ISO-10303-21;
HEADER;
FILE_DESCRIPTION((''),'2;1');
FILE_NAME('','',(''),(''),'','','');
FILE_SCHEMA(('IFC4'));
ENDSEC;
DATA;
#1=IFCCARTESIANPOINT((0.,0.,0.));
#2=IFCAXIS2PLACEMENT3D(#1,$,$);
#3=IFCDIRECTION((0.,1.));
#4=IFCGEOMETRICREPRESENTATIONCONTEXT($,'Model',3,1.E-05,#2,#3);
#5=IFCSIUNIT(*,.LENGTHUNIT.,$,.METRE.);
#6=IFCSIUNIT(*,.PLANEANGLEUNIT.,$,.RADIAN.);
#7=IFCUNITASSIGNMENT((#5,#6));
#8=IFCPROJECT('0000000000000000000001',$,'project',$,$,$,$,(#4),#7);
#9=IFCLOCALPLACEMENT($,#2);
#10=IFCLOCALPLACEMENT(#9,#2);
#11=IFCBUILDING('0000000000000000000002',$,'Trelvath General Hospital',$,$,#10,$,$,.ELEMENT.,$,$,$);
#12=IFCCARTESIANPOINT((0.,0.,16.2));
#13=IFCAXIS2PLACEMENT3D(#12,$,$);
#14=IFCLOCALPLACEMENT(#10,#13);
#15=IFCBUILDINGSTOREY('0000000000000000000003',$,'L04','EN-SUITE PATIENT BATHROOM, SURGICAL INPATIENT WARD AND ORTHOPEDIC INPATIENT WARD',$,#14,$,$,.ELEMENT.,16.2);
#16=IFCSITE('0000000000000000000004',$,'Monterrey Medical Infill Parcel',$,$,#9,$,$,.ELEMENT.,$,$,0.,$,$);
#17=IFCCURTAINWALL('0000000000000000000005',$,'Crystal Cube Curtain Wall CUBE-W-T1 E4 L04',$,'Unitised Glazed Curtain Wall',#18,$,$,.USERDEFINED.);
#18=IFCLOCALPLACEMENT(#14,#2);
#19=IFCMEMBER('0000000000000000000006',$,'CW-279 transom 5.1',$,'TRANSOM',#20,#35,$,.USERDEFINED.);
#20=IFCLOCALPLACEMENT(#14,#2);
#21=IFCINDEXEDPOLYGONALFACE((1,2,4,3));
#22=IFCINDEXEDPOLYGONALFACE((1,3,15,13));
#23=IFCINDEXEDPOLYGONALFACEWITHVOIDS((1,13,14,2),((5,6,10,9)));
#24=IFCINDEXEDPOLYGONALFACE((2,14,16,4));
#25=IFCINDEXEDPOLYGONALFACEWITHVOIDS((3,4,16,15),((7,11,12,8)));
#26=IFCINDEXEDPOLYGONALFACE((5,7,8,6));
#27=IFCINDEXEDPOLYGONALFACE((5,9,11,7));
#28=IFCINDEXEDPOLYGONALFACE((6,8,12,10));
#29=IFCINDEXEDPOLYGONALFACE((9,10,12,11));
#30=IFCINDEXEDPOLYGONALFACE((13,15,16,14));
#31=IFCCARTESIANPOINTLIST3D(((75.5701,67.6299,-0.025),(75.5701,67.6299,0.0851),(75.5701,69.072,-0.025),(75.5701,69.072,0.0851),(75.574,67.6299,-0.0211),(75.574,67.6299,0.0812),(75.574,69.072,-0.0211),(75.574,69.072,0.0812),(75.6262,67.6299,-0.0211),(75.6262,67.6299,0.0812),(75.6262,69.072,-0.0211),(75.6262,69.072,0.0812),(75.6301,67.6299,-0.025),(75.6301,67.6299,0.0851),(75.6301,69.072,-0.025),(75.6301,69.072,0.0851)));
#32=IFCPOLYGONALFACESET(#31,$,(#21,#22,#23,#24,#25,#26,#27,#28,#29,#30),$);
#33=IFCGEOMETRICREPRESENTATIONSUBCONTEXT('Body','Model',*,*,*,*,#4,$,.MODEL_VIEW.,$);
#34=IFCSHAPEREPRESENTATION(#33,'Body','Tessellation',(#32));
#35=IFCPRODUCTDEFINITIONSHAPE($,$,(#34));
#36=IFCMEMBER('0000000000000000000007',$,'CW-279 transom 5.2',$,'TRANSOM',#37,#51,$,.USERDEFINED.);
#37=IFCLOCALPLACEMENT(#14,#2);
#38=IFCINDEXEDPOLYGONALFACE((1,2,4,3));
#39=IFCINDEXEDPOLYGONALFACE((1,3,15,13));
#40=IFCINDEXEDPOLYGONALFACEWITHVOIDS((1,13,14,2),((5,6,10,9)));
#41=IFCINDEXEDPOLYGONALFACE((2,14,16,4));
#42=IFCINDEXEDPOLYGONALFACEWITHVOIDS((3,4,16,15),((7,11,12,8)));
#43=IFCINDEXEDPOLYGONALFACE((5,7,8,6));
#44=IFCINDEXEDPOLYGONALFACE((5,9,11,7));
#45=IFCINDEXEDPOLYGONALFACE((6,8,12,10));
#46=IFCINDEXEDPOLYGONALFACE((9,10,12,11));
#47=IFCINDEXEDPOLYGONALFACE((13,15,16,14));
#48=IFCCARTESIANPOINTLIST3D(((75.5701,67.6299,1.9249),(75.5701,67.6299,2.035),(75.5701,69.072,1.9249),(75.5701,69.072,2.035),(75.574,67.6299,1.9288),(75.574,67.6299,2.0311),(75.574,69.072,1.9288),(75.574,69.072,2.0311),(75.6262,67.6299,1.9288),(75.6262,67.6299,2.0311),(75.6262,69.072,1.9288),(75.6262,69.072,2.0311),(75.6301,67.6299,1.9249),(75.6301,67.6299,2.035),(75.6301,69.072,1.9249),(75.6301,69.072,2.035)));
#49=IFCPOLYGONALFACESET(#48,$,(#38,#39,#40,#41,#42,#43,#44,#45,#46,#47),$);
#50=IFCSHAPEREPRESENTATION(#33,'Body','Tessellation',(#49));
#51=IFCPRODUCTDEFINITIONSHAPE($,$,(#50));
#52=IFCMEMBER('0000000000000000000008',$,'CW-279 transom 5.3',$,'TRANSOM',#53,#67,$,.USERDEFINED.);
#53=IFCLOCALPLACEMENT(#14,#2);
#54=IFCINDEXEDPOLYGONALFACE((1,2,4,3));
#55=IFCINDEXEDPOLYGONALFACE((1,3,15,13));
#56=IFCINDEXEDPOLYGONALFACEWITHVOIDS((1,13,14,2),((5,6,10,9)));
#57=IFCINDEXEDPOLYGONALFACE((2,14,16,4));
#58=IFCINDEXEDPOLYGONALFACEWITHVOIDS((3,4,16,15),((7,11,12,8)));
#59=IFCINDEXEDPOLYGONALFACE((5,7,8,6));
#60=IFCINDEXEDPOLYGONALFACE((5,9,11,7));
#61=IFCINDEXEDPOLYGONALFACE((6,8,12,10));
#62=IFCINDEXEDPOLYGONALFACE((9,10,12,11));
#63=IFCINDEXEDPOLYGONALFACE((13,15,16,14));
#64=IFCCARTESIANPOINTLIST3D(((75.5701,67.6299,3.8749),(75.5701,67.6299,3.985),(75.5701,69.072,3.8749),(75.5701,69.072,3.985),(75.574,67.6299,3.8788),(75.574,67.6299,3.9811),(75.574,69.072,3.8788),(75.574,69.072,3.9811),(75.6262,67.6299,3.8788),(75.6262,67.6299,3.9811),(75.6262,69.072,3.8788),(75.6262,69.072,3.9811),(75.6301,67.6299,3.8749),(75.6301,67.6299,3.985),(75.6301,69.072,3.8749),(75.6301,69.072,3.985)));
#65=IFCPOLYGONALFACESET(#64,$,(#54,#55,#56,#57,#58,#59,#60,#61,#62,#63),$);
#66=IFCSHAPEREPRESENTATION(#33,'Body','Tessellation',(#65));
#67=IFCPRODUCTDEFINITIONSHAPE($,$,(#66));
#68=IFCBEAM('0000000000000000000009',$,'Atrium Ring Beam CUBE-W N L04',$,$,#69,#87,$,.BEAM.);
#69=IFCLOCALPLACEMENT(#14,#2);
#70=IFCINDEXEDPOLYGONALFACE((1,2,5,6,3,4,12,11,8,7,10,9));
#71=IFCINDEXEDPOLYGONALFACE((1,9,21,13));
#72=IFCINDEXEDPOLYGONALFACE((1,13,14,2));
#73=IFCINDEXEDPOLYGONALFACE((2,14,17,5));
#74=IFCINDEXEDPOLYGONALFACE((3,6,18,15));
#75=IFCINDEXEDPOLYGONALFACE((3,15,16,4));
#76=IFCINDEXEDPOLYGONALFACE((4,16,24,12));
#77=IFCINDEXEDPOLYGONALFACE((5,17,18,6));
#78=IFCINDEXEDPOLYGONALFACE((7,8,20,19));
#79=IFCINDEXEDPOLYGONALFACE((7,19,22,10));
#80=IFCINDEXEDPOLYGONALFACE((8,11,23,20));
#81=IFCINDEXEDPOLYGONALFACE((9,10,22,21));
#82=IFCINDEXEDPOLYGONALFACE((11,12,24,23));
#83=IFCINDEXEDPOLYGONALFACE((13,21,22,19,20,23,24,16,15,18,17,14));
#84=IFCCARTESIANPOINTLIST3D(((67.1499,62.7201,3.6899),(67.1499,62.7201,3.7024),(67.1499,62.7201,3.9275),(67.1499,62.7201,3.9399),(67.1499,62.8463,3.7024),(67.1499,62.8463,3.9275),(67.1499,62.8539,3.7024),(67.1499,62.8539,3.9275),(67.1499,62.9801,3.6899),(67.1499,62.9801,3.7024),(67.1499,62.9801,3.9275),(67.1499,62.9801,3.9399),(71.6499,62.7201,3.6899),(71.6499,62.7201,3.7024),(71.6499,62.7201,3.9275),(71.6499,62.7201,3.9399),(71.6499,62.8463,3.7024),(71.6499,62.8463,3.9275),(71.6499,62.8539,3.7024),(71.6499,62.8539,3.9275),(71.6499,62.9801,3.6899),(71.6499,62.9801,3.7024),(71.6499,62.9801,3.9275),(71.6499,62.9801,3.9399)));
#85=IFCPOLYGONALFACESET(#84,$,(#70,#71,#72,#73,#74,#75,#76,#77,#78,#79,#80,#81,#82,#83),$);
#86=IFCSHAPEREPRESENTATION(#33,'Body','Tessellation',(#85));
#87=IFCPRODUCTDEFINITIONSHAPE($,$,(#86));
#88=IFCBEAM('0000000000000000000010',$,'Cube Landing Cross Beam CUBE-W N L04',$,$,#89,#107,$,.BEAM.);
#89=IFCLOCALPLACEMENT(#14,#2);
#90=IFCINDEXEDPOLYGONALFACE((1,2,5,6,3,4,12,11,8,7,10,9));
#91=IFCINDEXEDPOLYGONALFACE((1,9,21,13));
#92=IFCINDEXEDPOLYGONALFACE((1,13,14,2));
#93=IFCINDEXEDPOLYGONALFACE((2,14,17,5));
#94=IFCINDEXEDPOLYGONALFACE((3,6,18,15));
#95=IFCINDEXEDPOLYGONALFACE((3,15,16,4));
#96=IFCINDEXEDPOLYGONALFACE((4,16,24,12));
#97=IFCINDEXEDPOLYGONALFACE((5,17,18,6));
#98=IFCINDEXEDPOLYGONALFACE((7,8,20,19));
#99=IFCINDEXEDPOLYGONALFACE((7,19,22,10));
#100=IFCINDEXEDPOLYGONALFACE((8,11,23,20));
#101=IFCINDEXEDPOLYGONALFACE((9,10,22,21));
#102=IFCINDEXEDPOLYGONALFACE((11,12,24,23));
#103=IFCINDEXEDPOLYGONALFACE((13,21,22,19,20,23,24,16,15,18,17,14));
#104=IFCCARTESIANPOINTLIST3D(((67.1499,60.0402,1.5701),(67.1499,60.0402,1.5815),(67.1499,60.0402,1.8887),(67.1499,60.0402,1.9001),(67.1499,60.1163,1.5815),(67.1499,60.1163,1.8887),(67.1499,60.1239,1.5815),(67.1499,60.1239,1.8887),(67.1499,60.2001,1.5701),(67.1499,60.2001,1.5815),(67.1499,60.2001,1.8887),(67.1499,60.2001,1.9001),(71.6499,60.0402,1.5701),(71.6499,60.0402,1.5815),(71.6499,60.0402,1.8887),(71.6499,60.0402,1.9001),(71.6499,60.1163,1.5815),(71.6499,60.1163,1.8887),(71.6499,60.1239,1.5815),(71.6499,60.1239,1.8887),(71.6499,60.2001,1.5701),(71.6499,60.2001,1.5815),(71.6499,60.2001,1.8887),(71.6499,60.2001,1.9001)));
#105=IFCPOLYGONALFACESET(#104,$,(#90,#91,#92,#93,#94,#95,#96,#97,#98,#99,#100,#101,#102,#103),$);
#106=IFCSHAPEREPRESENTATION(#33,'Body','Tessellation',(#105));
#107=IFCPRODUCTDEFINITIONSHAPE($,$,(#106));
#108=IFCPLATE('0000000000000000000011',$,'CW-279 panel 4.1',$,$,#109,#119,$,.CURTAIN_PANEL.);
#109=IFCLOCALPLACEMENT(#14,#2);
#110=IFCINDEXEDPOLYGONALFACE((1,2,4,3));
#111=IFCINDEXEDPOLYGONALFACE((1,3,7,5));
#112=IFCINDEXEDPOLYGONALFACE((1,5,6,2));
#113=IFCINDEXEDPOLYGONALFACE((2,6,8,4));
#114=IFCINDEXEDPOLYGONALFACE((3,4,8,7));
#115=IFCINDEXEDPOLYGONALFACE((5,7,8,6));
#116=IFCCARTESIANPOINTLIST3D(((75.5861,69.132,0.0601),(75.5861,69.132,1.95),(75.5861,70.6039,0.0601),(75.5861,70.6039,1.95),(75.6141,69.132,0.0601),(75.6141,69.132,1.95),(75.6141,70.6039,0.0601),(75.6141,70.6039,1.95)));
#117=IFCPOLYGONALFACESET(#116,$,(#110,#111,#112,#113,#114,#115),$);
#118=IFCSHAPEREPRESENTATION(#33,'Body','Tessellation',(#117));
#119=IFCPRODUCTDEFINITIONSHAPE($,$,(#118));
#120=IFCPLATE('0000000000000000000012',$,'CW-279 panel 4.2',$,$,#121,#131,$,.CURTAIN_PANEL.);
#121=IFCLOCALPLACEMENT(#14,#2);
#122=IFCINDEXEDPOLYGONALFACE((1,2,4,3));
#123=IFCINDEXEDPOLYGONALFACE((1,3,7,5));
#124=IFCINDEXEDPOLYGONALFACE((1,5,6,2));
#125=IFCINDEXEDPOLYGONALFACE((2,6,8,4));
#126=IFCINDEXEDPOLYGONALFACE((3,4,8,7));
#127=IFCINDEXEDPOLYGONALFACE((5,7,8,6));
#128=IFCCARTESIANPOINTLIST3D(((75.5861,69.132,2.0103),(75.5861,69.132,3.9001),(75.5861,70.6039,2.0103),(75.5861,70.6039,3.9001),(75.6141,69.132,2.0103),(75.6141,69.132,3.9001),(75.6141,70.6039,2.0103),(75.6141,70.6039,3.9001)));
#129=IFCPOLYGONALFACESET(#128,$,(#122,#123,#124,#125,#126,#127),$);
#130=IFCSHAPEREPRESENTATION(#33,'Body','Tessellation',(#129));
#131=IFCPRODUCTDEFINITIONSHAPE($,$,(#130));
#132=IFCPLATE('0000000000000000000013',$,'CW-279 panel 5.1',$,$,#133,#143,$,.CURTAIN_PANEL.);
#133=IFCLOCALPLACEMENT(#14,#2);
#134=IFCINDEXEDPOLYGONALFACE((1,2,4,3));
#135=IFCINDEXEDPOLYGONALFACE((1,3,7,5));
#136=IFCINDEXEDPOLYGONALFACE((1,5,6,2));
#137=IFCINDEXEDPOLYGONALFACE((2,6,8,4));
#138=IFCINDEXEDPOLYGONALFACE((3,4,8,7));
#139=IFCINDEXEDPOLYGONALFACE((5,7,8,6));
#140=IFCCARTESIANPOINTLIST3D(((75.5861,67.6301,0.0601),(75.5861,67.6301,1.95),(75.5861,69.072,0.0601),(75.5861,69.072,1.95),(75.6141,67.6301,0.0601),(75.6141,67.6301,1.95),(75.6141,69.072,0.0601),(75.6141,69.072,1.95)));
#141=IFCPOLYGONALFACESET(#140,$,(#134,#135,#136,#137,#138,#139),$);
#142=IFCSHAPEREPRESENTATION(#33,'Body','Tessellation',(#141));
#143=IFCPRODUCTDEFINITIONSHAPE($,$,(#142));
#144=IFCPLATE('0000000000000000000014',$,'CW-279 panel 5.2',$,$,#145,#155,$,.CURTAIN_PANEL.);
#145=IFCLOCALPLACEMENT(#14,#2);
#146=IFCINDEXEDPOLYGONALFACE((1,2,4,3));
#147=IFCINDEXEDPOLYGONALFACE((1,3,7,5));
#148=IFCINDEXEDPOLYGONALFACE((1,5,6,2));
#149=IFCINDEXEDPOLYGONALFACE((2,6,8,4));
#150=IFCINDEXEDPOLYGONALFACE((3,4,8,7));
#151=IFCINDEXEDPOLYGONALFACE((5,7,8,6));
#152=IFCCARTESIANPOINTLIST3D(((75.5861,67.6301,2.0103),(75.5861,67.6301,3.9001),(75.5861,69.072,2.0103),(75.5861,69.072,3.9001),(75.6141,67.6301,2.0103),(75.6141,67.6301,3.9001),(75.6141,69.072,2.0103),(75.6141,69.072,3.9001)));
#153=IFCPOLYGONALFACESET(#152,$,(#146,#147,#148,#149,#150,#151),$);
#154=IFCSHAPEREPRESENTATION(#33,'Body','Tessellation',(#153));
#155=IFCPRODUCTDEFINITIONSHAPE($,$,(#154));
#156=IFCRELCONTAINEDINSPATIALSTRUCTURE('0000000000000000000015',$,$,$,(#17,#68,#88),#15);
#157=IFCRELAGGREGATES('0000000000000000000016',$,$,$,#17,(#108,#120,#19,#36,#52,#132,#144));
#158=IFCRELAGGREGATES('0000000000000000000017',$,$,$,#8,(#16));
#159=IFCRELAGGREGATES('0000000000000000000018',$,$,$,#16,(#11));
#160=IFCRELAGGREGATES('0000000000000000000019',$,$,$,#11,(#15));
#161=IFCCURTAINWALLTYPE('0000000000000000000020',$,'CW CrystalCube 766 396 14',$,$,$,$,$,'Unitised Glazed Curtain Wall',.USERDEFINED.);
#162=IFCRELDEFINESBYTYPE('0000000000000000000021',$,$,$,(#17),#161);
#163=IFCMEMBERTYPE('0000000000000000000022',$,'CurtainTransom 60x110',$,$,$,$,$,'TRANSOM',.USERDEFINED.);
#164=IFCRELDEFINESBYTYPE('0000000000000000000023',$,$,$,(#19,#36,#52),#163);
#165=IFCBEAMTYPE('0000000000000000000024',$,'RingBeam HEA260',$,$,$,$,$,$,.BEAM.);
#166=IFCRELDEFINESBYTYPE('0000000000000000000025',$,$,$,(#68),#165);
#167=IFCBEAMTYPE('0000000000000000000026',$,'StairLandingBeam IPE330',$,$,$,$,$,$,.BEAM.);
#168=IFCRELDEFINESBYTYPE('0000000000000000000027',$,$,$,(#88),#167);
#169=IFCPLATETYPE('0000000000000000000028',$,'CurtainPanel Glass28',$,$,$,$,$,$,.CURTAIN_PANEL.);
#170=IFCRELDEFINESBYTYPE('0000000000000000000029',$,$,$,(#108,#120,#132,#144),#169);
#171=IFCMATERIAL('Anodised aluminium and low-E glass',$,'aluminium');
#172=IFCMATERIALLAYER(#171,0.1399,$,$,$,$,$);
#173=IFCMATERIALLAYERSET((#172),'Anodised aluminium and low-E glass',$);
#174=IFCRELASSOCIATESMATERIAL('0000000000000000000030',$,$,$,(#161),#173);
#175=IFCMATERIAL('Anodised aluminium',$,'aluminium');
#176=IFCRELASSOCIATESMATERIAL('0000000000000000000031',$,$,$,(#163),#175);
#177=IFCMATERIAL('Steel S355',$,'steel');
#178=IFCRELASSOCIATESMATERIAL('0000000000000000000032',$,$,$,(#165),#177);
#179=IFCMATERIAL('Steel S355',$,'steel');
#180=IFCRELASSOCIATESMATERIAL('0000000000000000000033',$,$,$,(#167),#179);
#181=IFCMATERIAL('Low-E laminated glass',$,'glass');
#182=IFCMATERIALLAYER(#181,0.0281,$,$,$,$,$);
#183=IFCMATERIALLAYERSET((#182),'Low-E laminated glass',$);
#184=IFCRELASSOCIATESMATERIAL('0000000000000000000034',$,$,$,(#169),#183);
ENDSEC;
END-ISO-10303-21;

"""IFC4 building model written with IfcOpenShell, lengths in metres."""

from ifc_helpers import new_model, si_unit, direction, frame, origin, origin_2d, place, context, subcontext, project, spatial, rectangle, hollow_rectangle, i_section, extrude, material, layer, layer_set, material_profile, profile_set, type_object, element, aggregate, save


model = new_model("IFC4")

# Units and contexts
model_context = context("Model", 3, precision=1e-05, world=origin(), true_north=direction((0.0, 1.0)))
body_context = subcontext(model_context, "Body", "Model", "MODEL_VIEW")
ifc_project = project(units=[si_unit("LENGTHUNIT", "METRE"), si_unit("PLANEANGLEUNIT", "RADIAN")], contexts=[model_context])

# Site, building, storey
site_placement = place(None, origin())
site = spatial("IfcSite", under=ifc_project, at=site_placement, Name="Monterrey Medical Infill Parcel", CompositionType="ELEMENT", RefElevation=0.0)
building_placement = place(site_placement, origin())
building = spatial("IfcBuilding", under=site, at=building_placement, Name="Trelvath General Hospital", CompositionType="ELEMENT")
storey_placement = place(building_placement, frame((0.0, 0.0, 16.2)))
storey = spatial("IfcBuildingStorey", under=building, at=storey_placement, Name="L04", Description="EN-SUITE PATIENT BATHROOM, SURGICAL INPATIENT WARD AND ORTHOPEDIC INPATIENT WARD", CompositionType="ELEMENT", Elevation=16.2)

# Curtain wall, members
ifc_material_1 = material(Name="Anodised aluminium and low-E glass", Category="aluminium")
ifc_layer_1 = layer(ifc_material_1, 0.1399)
ifc_layer_set_1 = layer_set([ifc_layer_1], Name="Anodised aluminium and low-E glass")
curtain_wall_type = type_object("IfcCurtainWallType", Name="CW CrystalCube 766 396 14", ElementType="Unitised Glazed Curtain Wall", PredefinedType="USERDEFINED", material=ifc_layer_set_1)
curtain_wall_placement = place(storey_placement, origin())
curtain_wall = element("IfcCurtainWall", 1, at=curtain_wall_placement, inside=storey, type_object=curtain_wall_type, Name="Crystal Cube Curtain Wall CUBE-W-T1 E4 L04", ObjectType="Unitised Glazed Curtain Wall", PredefinedType="USERDEFINED")
ifc_material_2 = material(Name="Anodised aluminium", Category="aluminium")
ifc_material_profile_1 = material_profile(ifc_material_2, hollow_rectangle(XDim=0.0601, YDim=0.1101, WallThickness=0.0039, at=origin_2d()), Name="RHS60x110x4")
ifc_profile_set_1 = profile_set([ifc_material_profile_1], Name="Anodised aluminium")
member_type_1 = type_object("IfcMemberType", Name="CurtainTransom 60x110", ElementType="TRANSOM", PredefinedType="USERDEFINED", material=ifc_profile_set_1)
member_1_placement = place(storey_placement, frame((75.6001, 69.072, 0.03), z_axis=(0.0, -1.0, 0.0), x_axis=(1.0, 0.0, 0.0)))
member_1 = element("IfcMember", 2, at=member_1_placement, type_object=member_type_1, Name="CW-279 transom 5.1", ObjectType="TRANSOM", PredefinedType="USERDEFINED", context=body_context, shape_type="SweptSolid", body=[
    extrude(hollow_rectangle(XDim=0.0601, YDim=0.1101, WallThickness=0.0039, at=origin_2d()), origin(), (0.0, 0.0, 1.0), 1.4421),
])
member_2_placement = place(storey_placement, frame((75.6001, 69.072, 1.98), z_axis=(0.0, -1.0, 0.0), x_axis=(1.0, 0.0, 0.0)))
member_2 = element("IfcMember", 3, at=member_2_placement, type_object=member_type_1, Name="CW-279 transom 5.2", ObjectType="TRANSOM", PredefinedType="USERDEFINED", context=body_context, shape_type="SweptSolid", body=[
    extrude(hollow_rectangle(XDim=0.0601, YDim=0.1101, WallThickness=0.0039, at=origin_2d()), origin(), (0.0, 0.0, 1.0), 1.4421),
])
member_3_placement = place(storey_placement, frame((75.6001, 69.072, 3.9299), z_axis=(0.0, -1.0, 0.0), x_axis=(1.0, 0.0, 0.0)))
member_3 = element("IfcMember", 4, at=member_3_placement, type_object=member_type_1, Name="CW-279 transom 5.3", ObjectType="TRANSOM", PredefinedType="USERDEFINED", context=body_context, shape_type="SweptSolid", body=[
    extrude(hollow_rectangle(XDim=0.0601, YDim=0.1101, WallThickness=0.0039, at=origin_2d()), origin(), (0.0, 0.0, 1.0), 1.4421),
])

# Beams
ifc_material_3 = material(Name="Steel S355", Category="steel")
ifc_material_profile_2 = material_profile(ifc_material_3, i_section(OverallWidth=0.26, OverallDepth=0.25, WebThickness=0.0076, FlangeThickness=0.0125, at=origin_2d()), Name="HEA260")
ifc_profile_set_2 = profile_set([ifc_material_profile_2], Name="Steel S355")
beam_type_1 = type_object("IfcBeamType", Name="RingBeam HEA260", PredefinedType="BEAM", material=ifc_profile_set_2)
beam_1_placement = place(storey_placement, frame((67.1499, 62.8501, 3.8149), z_axis=(1.0, 0.0, 0.0), x_axis=(0.0, 1.0, 0.0)))
element("IfcBeam", 5, at=beam_1_placement, inside=storey, type_object=beam_type_1, Name="Atrium Ring Beam CUBE-W N L04", PredefinedType="BEAM", context=body_context, shape_type="SweptSolid", body=[
    extrude(i_section(OverallWidth=0.26, OverallDepth=0.25, WebThickness=0.0076, FlangeThickness=0.0125, at=origin_2d()), origin(), (0.0, 0.0, 1.0), 4.5),
])
ifc_material_4 = material(Name="Steel S355", Category="steel")
ifc_material_profile_3 = material_profile(ifc_material_4, i_section(OverallWidth=0.1599, OverallDepth=0.3301, WebThickness=0.0076, FlangeThickness=0.0115, at=origin_2d()), Name="IPE330")
ifc_profile_set_3 = profile_set([ifc_material_profile_3], Name="Steel S355")
beam_type_2 = type_object("IfcBeamType", Name="StairLandingBeam IPE330", PredefinedType="BEAM", material=ifc_profile_set_3)
beam_2_placement = place(storey_placement, frame((67.1499, 60.1201, 1.7351), z_axis=(1.0, 0.0, 0.0), x_axis=(0.0, 1.0, 0.0)))
element("IfcBeam", 6, at=beam_2_placement, inside=storey, type_object=beam_type_2, Name="Cube Landing Cross Beam CUBE-W N L04", PredefinedType="BEAM", context=body_context, shape_type="SweptSolid", body=[
    extrude(i_section(OverallWidth=0.1599, OverallDepth=0.3301, WebThickness=0.0076, FlangeThickness=0.0115, at=origin_2d()), origin(), (0.0, 0.0, 1.0), 4.5),
])

# Plates
ifc_material_5 = material(Name="Low-E laminated glass", Category="glass")
ifc_layer_2 = layer(ifc_material_5, 0.0281)
ifc_layer_set_2 = layer_set([ifc_layer_2], Name="Low-E laminated glass")
plate_type = type_object("IfcPlateType", Name="CurtainPanel Glass28", PredefinedType="CURTAIN_PANEL", material=ifc_layer_set_2)
plate_1_placement = place(storey_placement, frame((75.6001, 69.8679, 0.0601), z_axis=(0.0, 0.0, 1.0), x_axis=(0.0, -1.0, 0.0)))
plate_1 = element("IfcPlate", 7, at=plate_1_placement, type_object=plate_type, Name="CW-279 panel 4.1", PredefinedType="CURTAIN_PANEL", context=body_context, shape_type="SweptSolid", body=[
    extrude(rectangle(XDim=1.4719, YDim=0.0281, at=origin_2d()), origin(), (0.0, 0.0, 1.0), 1.8899),
])
plate_2_placement = place(storey_placement, frame((75.6001, 69.8679, 2.0103), z_axis=(0.0, 0.0, 1.0), x_axis=(0.0, -1.0, 0.0)))
plate_2 = element("IfcPlate", 8, at=plate_2_placement, type_object=plate_type, Name="CW-279 panel 4.2", PredefinedType="CURTAIN_PANEL", context=body_context, shape_type="SweptSolid", body=[
    extrude(rectangle(XDim=1.4719, YDim=0.0281, at=origin_2d()), origin(), (0.0, 0.0, 1.0), 1.8899),
])
plate_3_placement = place(storey_placement, frame((75.6001, 68.3511, 0.0601), z_axis=(0.0, 0.0, 1.0), x_axis=(0.0, -1.0, 0.0)))
plate_3 = element("IfcPlate", 9, at=plate_3_placement, type_object=plate_type, Name="CW-279 panel 5.1", PredefinedType="CURTAIN_PANEL", context=body_context, shape_type="SweptSolid", body=[
    extrude(rectangle(XDim=1.4419, YDim=0.0281, at=origin_2d()), origin(), (0.0, 0.0, 1.0), 1.8899),
])
plate_4_placement = place(storey_placement, frame((75.6001, 68.3511, 2.0103), z_axis=(0.0, 0.0, 1.0), x_axis=(0.0, -1.0, 0.0)))
plate_4 = element("IfcPlate", 10, at=plate_4_placement, type_object=plate_type, Name="CW-279 panel 5.2", PredefinedType="CURTAIN_PANEL", context=body_context, shape_type="SweptSolid", body=[
    extrude(rectangle(XDim=1.4419, YDim=0.0281, at=origin_2d()), origin(), (0.0, 0.0, 1.0), 1.8899),
])
aggregate(curtain_wall, [plate_1, plate_2, member_1, member_2, member_3, plate_3, plate_4])

save(model, "model.ifc")
